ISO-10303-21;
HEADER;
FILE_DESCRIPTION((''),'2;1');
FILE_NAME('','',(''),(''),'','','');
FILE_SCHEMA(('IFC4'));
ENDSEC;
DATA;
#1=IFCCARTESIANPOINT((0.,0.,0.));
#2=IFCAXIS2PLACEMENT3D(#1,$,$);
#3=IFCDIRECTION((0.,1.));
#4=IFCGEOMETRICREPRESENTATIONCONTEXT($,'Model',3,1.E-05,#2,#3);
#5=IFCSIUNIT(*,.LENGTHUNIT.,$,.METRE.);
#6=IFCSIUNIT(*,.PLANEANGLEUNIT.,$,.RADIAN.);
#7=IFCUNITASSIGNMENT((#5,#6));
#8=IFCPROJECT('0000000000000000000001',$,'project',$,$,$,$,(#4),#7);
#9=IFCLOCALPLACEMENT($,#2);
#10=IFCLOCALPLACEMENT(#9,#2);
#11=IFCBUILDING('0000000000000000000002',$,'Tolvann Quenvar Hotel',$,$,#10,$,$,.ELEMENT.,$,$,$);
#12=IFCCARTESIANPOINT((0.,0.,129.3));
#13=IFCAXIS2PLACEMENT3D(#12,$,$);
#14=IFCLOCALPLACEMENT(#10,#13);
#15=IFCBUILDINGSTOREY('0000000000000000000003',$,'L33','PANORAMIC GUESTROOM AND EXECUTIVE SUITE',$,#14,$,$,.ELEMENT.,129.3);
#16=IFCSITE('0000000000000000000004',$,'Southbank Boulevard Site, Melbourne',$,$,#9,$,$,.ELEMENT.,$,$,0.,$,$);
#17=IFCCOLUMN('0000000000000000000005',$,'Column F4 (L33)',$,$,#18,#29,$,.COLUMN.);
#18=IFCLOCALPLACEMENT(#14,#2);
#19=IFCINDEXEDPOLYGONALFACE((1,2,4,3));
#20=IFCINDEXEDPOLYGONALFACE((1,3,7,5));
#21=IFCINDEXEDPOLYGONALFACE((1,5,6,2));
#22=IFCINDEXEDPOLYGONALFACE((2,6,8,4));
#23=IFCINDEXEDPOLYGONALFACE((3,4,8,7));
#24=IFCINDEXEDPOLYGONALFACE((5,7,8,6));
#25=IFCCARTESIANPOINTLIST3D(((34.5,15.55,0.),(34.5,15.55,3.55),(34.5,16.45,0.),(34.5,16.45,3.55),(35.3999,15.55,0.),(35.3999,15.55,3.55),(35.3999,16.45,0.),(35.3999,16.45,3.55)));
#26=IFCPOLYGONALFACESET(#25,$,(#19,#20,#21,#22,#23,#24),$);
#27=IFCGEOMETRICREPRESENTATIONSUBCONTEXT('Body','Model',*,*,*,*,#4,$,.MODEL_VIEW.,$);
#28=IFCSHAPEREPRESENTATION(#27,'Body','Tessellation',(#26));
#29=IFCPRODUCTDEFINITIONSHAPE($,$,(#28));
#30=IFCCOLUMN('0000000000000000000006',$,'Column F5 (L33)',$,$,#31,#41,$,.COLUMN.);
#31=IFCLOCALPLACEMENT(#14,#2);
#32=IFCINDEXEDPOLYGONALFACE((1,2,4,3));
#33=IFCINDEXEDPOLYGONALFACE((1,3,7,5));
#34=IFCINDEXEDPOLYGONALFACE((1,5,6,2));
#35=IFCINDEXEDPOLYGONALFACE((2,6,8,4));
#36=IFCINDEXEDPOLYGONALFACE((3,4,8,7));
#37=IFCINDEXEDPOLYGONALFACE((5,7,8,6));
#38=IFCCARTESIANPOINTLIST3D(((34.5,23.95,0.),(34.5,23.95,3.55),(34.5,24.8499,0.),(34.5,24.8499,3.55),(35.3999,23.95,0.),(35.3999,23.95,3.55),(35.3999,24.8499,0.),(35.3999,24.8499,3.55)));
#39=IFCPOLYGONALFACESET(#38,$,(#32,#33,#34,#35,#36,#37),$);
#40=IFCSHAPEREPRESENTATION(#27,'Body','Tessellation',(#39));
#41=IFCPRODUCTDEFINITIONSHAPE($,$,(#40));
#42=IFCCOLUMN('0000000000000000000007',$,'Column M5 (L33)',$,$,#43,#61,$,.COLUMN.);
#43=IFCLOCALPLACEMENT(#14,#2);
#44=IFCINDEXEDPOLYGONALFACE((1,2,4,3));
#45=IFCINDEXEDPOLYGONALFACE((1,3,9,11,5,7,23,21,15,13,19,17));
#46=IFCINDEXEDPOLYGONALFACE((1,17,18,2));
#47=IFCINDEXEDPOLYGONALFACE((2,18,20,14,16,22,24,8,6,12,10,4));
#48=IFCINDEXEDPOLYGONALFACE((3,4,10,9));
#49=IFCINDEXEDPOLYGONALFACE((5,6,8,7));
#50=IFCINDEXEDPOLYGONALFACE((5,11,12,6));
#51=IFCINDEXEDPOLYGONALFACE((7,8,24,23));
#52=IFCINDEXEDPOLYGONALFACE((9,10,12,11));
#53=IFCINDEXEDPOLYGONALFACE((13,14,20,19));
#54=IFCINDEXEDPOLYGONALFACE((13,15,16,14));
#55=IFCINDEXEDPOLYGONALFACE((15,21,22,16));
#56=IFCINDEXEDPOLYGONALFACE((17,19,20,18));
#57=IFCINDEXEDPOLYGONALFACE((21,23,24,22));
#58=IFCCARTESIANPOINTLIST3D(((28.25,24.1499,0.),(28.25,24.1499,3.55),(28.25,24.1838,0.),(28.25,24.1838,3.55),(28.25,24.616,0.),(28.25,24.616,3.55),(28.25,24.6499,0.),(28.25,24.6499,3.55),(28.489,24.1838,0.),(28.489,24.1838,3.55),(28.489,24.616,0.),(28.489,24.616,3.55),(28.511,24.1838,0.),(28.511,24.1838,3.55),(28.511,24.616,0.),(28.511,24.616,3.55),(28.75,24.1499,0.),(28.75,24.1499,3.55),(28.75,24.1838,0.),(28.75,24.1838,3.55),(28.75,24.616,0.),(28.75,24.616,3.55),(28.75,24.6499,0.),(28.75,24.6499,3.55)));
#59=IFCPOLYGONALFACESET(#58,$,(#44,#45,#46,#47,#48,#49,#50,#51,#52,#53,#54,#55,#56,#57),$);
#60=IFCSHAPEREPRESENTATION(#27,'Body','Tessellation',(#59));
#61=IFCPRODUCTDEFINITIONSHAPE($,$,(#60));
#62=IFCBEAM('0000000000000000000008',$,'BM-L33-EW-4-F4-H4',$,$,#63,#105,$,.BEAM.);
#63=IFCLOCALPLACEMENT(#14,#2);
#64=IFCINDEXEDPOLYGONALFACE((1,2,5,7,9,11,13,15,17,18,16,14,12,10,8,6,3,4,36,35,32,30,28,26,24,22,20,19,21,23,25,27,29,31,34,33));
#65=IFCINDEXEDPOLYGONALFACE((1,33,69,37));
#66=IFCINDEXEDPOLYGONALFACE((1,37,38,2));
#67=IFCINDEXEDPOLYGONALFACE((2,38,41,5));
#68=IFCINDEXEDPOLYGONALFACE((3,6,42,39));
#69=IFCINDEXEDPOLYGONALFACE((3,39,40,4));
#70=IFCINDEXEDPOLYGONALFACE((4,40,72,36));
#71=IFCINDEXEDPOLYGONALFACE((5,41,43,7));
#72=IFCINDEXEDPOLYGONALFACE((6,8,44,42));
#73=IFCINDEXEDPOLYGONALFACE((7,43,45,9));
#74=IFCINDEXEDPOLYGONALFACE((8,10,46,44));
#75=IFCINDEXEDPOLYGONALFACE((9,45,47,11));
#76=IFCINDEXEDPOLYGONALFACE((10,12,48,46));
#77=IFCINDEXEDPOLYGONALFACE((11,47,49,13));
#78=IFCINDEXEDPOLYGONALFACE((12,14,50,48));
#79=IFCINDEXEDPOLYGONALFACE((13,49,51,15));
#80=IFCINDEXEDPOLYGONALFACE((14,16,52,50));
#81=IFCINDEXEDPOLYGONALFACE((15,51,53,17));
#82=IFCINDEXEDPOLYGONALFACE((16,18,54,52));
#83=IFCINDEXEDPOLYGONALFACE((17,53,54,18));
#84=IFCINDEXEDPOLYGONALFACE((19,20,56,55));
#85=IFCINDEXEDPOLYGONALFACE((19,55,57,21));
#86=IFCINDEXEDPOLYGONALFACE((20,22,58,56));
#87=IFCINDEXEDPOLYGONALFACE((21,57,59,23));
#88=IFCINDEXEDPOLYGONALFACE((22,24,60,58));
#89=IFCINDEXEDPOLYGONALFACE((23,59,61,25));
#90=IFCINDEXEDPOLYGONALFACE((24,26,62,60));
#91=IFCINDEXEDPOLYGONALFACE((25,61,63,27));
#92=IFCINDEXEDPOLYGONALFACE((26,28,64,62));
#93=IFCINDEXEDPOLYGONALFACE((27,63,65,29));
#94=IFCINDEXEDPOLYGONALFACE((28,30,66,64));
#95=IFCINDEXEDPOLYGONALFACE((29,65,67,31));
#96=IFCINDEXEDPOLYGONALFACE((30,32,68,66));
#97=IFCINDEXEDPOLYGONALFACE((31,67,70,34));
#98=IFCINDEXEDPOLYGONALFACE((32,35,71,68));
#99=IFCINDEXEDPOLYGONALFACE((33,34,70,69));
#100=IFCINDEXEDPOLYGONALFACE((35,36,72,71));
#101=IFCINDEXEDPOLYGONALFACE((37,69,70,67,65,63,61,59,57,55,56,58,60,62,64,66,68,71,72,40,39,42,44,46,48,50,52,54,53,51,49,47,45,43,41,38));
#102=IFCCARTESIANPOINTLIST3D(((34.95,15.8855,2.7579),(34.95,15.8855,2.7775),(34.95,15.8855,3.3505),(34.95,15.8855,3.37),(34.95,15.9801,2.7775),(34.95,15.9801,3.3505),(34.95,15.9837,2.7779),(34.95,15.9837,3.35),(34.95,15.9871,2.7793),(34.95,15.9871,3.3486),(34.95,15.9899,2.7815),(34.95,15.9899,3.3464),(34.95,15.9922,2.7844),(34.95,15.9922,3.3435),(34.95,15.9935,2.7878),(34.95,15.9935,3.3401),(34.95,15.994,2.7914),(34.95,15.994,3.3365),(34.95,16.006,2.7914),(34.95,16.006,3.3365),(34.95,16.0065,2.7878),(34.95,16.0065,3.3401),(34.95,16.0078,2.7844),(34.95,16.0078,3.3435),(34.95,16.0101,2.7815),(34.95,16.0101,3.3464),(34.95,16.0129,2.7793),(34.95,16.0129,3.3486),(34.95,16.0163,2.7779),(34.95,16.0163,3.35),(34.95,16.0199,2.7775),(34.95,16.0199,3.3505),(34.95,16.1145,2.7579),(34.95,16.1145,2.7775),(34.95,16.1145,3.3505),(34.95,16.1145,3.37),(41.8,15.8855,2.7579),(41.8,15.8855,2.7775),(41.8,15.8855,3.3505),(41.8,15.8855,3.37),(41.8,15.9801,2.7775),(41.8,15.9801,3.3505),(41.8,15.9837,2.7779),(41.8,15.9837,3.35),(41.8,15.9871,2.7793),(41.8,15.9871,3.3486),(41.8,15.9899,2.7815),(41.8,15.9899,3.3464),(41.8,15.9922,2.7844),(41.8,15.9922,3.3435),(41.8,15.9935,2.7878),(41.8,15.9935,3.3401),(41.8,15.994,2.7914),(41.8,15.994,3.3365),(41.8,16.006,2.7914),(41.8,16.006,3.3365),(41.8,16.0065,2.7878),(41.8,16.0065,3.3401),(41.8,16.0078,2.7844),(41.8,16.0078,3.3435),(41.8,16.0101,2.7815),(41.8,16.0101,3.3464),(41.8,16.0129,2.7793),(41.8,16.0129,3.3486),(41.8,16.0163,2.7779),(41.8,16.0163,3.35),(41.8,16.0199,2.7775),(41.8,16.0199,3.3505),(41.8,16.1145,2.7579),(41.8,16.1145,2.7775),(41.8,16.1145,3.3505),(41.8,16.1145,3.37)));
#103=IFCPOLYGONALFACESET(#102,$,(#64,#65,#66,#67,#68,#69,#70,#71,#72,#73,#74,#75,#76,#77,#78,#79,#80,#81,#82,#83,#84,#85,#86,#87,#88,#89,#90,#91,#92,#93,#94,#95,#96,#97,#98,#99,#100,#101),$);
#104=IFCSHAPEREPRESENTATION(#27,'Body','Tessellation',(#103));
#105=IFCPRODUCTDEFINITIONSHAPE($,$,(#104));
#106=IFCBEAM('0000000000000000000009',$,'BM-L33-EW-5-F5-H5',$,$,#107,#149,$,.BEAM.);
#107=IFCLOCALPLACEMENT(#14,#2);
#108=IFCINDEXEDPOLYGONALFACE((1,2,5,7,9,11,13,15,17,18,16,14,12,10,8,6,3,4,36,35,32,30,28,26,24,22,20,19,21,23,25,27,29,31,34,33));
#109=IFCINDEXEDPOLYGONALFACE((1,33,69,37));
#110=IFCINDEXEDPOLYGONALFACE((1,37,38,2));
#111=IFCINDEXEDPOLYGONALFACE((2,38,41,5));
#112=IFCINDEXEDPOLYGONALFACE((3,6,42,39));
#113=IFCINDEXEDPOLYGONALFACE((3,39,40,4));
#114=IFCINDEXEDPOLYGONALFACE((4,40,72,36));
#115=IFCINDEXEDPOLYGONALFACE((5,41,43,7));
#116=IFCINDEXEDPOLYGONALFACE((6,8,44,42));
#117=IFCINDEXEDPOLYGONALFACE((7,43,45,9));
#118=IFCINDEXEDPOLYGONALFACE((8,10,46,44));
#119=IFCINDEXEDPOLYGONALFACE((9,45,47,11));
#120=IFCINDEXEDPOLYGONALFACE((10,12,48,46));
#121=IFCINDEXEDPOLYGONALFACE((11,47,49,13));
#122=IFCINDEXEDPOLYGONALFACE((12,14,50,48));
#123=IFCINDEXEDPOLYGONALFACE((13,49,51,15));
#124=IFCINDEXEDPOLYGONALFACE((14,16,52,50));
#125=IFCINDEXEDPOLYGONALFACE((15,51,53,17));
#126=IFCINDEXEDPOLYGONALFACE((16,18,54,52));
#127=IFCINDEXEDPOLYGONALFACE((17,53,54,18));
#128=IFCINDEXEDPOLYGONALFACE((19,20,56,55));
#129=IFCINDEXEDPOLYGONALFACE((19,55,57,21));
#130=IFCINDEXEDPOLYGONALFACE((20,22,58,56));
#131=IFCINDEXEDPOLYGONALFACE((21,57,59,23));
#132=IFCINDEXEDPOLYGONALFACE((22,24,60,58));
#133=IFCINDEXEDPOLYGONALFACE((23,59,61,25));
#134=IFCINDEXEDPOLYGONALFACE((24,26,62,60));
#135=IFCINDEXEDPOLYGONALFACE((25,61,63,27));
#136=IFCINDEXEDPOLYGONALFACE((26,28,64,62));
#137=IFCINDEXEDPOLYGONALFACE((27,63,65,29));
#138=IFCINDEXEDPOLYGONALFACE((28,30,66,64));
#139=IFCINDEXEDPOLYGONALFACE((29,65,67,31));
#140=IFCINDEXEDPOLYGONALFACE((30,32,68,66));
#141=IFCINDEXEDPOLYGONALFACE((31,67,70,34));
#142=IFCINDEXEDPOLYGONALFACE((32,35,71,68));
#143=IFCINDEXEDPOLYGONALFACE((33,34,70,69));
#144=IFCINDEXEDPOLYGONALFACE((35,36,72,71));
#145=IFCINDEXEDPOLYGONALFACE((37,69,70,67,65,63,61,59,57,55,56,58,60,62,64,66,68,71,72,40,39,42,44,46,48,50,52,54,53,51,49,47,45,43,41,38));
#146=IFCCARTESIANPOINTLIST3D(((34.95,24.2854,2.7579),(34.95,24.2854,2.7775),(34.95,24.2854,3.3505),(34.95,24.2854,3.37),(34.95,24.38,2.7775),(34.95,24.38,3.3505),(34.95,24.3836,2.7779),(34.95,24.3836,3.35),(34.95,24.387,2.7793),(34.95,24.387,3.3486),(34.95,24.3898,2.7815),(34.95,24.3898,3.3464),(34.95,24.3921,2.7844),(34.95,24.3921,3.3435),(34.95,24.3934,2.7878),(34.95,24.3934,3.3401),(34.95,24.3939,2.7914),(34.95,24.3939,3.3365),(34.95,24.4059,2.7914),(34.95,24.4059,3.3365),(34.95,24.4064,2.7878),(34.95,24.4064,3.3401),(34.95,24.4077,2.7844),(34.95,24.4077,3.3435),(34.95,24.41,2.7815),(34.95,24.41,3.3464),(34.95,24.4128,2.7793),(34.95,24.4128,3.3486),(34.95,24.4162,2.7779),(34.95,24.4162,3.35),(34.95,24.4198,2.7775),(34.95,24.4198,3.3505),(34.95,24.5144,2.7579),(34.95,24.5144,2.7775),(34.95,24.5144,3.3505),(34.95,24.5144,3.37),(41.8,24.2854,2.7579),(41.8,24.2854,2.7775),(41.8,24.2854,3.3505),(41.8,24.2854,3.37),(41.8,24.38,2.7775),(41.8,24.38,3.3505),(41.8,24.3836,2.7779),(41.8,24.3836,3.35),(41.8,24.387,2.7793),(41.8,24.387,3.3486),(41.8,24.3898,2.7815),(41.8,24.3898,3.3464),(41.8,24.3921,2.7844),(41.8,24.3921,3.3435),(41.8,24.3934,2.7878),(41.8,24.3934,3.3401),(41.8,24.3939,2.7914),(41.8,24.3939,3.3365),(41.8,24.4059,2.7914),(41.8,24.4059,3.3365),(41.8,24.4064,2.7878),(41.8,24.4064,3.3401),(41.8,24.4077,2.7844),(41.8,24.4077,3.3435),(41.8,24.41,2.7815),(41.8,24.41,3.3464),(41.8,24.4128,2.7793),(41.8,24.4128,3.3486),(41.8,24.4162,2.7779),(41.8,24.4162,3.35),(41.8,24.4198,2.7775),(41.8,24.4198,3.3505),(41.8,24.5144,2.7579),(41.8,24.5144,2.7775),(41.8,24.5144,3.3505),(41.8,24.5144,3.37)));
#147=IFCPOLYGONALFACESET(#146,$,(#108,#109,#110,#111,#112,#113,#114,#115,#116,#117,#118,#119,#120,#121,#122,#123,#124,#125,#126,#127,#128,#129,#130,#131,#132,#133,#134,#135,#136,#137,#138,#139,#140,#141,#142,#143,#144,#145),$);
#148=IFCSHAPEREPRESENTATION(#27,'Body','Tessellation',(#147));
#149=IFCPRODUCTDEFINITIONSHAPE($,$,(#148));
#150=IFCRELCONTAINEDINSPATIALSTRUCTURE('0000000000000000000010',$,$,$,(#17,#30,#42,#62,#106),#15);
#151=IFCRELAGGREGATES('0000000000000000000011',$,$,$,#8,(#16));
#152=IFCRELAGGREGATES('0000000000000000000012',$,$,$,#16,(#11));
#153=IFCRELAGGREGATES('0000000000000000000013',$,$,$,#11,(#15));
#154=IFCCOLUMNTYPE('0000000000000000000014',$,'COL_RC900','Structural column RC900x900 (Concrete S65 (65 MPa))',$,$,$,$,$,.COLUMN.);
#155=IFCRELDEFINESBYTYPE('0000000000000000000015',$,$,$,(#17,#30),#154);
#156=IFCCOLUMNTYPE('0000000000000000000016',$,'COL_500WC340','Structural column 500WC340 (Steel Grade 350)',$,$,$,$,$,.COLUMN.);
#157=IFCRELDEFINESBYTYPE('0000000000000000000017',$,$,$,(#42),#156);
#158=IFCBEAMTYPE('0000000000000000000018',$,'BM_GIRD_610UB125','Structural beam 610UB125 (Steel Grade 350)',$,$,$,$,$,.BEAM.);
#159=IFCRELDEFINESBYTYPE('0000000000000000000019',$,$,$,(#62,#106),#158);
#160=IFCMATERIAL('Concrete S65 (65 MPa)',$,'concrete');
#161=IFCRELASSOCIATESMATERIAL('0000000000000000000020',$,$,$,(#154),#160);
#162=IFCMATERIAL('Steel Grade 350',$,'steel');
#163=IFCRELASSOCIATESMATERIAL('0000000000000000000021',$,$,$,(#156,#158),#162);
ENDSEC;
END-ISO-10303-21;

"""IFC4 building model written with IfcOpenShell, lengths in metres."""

from ifc_helpers import new_model, si_unit, direction, frame, origin, origin_2d, place, context, subcontext, project, spatial, rectangle, i_section, extrude, source, transform, mapped, material, material_profile, profile_set, type_object, type_shapes, element, save


model = new_model("IFC4")

# Units and contexts
model_context = context("Model", 3, precision=1e-05, world=origin(), true_north=direction((0.0, 1.0)))
body_context = subcontext(model_context, "Body", "Model", "MODEL_VIEW")
ifc_project = project(units=[si_unit("LENGTHUNIT", "METRE"), si_unit("PLANEANGLEUNIT", "RADIAN")], contexts=[model_context])

# Site, building, storey
site_placement = place(None, origin())
site = spatial("IfcSite", under=ifc_project, at=site_placement, Name="Southbank Boulevard Site, Melbourne", CompositionType="ELEMENT", RefElevation=0.0)
building_placement = place(site_placement, origin())
building = spatial("IfcBuilding", under=site, at=building_placement, Name="Tolvann Quenvar Hotel", CompositionType="ELEMENT")
storey_placement = place(building_placement, frame((0.0, 0.0, 129.3)))
storey = spatial("IfcBuildingStorey", under=building, at=storey_placement, Name="L33", Description="PANORAMIC GUESTROOM AND EXECUTIVE SUITE", CompositionType="ELEMENT", Elevation=129.3)

# Columns
ifc_material_1 = material(Name="Concrete S65 (65 MPa)", Category="concrete")
ifc_material_profile_1 = material_profile(ifc_material_1, rectangle(XDim=0.8999, YDim=0.8999, at=origin_2d()), Name="RC900x900")
ifc_profile_set_1 = profile_set([ifc_material_profile_1], Name="Concrete S65 (65 MPa)")
column_type_1 = type_object("IfcColumnType", Name="COL_RC900", Description="Structural column RC900x900 (Concrete S65 (65 MPa))", PredefinedType="COLUMN", material=ifc_profile_set_1)
shared_shape_1 = source(origin(), body_context, "Body", "SweptSolid", [
    extrude(rectangle(XDim=0.8999, YDim=0.8999, at=origin_2d()), origin(), (0.0, 0.0, 1.0), 3.55),
])
type_shapes(column_type_1, [shared_shape_1])
for number, where, z_axis, x_axis, name in (
    (1, (34.95, 16.0, 0.0), (0.0, 0.0, 1.0), (1.0, 0.0, 0.0), "Column F4 (L33)"),
    (2, (34.95, 24.3999, 0.0), (0.0, 0.0, 1.0), (1.0, 0.0, 0.0), "Column F5 (L33)"),
):
    element("IfcColumn", number, at=place(storey_placement, frame(where, z_axis=z_axis, x_axis=x_axis)), inside=storey, type_object=column_type_1, Name=name, PredefinedType="COLUMN", context=body_context, shape_type="MappedRepresentation", body=[
        mapped(shared_shape_1, transform((0.0, 0.0, 0.0), x_axis=(1.0, 0.0, 0.0), y_axis=(0.0, 1.0, 0.0), z_axis=(0.0, 0.0, 1.0), scale=1.0)),
    ])
ifc_material_2 = material(Name="Steel Grade 350", Category="steel")
ifc_material_profile_2 = material_profile(ifc_material_2, i_section(OverallWidth=0.5, OverallDepth=0.5, WebThickness=0.022, FlangeThickness=0.0339, at=origin_2d()), Name="500WC340")
ifc_profile_set_2 = profile_set([ifc_material_profile_2], Name="Steel Grade 350")
column_type_2 = type_object("IfcColumnType", Name="COL_500WC340", Description="Structural column 500WC340 (Steel Grade 350)", PredefinedType="COLUMN", material=ifc_profile_set_2)
shared_shape_2 = source(origin(), body_context, "Body", "SweptSolid", [
    extrude(i_section(OverallWidth=0.5, OverallDepth=0.5, WebThickness=0.022, FlangeThickness=0.0339, at=origin_2d()), origin(), (0.0, 0.0, 1.0), 3.55),
])
type_shapes(column_type_2, [shared_shape_2])
column_placement = place(storey_placement, frame((28.5, 24.3999, 0.0), z_axis=(0.0, 0.0, 1.0), x_axis=(1.0, 0.0, 0.0)))
element("IfcColumn", 3, at=column_placement, inside=storey, type_object=column_type_2, Name="Column M5 (L33)", PredefinedType="COLUMN", context=body_context, shape_type="MappedRepresentation", body=[
    mapped(shared_shape_2, transform((0.0, 0.0, 0.0), x_axis=(1.0, 0.0, 0.0), y_axis=(0.0, 1.0, 0.0), z_axis=(0.0, 0.0, 1.0), scale=1.0)),
])

# Beams
ifc_material_profile_3 = material_profile(ifc_material_2, i_section(OverallWidth=0.229, OverallDepth=0.6121, WebThickness=0.012, FlangeThickness=0.0195, FilletRadius=0.0139, at=origin_2d()), Name="610UB125")
ifc_profile_set_3 = profile_set([ifc_material_profile_3], Name="Steel Grade 350")
beam_type_1 = type_object("IfcBeamType", Name="BM_GIRD_610UB125", Description="Structural beam 610UB125 (Steel Grade 350)", PredefinedType="BEAM", material=ifc_profile_set_3)
shared_shape_3 = source(origin(), body_context, "Body", "SweptSolid", [
    extrude(i_section(OverallWidth=0.229, OverallDepth=0.6121, WebThickness=0.012, FlangeThickness=0.0195, FilletRadius=0.0139, at=origin_2d()), origin(), (0.0, 0.0, 1.0), 6.8501),
])
for number, where, z_axis, x_axis, name in (
    (4, (34.95, 16.0, 3.064), (1.0, 0.0, 0.0), (0.0, 1.0, 0.0), "BM-L33-EW-4-F4-H4"),
    (5, (34.95, 24.3999, 3.064), (1.0, 0.0, 0.0), (0.0, 1.0, 0.0), "BM-L33-EW-5-F5-H5"),
):
    element("IfcBeam", number, at=place(storey_placement, frame(where, z_axis=z_axis, x_axis=x_axis)), inside=storey, type_object=beam_type_1, Name=name, PredefinedType="BEAM", context=body_context, shape_type="MappedRepresentation", body=[
        mapped(shared_shape_3, transform((0.0, 0.0, 0.0), x_axis=(1.0, 0.0, 0.0), y_axis=(0.0, 1.0, 0.0), z_axis=(0.0, 0.0, 1.0), scale=1.0)),
    ])

save(model, "model.ifc")
